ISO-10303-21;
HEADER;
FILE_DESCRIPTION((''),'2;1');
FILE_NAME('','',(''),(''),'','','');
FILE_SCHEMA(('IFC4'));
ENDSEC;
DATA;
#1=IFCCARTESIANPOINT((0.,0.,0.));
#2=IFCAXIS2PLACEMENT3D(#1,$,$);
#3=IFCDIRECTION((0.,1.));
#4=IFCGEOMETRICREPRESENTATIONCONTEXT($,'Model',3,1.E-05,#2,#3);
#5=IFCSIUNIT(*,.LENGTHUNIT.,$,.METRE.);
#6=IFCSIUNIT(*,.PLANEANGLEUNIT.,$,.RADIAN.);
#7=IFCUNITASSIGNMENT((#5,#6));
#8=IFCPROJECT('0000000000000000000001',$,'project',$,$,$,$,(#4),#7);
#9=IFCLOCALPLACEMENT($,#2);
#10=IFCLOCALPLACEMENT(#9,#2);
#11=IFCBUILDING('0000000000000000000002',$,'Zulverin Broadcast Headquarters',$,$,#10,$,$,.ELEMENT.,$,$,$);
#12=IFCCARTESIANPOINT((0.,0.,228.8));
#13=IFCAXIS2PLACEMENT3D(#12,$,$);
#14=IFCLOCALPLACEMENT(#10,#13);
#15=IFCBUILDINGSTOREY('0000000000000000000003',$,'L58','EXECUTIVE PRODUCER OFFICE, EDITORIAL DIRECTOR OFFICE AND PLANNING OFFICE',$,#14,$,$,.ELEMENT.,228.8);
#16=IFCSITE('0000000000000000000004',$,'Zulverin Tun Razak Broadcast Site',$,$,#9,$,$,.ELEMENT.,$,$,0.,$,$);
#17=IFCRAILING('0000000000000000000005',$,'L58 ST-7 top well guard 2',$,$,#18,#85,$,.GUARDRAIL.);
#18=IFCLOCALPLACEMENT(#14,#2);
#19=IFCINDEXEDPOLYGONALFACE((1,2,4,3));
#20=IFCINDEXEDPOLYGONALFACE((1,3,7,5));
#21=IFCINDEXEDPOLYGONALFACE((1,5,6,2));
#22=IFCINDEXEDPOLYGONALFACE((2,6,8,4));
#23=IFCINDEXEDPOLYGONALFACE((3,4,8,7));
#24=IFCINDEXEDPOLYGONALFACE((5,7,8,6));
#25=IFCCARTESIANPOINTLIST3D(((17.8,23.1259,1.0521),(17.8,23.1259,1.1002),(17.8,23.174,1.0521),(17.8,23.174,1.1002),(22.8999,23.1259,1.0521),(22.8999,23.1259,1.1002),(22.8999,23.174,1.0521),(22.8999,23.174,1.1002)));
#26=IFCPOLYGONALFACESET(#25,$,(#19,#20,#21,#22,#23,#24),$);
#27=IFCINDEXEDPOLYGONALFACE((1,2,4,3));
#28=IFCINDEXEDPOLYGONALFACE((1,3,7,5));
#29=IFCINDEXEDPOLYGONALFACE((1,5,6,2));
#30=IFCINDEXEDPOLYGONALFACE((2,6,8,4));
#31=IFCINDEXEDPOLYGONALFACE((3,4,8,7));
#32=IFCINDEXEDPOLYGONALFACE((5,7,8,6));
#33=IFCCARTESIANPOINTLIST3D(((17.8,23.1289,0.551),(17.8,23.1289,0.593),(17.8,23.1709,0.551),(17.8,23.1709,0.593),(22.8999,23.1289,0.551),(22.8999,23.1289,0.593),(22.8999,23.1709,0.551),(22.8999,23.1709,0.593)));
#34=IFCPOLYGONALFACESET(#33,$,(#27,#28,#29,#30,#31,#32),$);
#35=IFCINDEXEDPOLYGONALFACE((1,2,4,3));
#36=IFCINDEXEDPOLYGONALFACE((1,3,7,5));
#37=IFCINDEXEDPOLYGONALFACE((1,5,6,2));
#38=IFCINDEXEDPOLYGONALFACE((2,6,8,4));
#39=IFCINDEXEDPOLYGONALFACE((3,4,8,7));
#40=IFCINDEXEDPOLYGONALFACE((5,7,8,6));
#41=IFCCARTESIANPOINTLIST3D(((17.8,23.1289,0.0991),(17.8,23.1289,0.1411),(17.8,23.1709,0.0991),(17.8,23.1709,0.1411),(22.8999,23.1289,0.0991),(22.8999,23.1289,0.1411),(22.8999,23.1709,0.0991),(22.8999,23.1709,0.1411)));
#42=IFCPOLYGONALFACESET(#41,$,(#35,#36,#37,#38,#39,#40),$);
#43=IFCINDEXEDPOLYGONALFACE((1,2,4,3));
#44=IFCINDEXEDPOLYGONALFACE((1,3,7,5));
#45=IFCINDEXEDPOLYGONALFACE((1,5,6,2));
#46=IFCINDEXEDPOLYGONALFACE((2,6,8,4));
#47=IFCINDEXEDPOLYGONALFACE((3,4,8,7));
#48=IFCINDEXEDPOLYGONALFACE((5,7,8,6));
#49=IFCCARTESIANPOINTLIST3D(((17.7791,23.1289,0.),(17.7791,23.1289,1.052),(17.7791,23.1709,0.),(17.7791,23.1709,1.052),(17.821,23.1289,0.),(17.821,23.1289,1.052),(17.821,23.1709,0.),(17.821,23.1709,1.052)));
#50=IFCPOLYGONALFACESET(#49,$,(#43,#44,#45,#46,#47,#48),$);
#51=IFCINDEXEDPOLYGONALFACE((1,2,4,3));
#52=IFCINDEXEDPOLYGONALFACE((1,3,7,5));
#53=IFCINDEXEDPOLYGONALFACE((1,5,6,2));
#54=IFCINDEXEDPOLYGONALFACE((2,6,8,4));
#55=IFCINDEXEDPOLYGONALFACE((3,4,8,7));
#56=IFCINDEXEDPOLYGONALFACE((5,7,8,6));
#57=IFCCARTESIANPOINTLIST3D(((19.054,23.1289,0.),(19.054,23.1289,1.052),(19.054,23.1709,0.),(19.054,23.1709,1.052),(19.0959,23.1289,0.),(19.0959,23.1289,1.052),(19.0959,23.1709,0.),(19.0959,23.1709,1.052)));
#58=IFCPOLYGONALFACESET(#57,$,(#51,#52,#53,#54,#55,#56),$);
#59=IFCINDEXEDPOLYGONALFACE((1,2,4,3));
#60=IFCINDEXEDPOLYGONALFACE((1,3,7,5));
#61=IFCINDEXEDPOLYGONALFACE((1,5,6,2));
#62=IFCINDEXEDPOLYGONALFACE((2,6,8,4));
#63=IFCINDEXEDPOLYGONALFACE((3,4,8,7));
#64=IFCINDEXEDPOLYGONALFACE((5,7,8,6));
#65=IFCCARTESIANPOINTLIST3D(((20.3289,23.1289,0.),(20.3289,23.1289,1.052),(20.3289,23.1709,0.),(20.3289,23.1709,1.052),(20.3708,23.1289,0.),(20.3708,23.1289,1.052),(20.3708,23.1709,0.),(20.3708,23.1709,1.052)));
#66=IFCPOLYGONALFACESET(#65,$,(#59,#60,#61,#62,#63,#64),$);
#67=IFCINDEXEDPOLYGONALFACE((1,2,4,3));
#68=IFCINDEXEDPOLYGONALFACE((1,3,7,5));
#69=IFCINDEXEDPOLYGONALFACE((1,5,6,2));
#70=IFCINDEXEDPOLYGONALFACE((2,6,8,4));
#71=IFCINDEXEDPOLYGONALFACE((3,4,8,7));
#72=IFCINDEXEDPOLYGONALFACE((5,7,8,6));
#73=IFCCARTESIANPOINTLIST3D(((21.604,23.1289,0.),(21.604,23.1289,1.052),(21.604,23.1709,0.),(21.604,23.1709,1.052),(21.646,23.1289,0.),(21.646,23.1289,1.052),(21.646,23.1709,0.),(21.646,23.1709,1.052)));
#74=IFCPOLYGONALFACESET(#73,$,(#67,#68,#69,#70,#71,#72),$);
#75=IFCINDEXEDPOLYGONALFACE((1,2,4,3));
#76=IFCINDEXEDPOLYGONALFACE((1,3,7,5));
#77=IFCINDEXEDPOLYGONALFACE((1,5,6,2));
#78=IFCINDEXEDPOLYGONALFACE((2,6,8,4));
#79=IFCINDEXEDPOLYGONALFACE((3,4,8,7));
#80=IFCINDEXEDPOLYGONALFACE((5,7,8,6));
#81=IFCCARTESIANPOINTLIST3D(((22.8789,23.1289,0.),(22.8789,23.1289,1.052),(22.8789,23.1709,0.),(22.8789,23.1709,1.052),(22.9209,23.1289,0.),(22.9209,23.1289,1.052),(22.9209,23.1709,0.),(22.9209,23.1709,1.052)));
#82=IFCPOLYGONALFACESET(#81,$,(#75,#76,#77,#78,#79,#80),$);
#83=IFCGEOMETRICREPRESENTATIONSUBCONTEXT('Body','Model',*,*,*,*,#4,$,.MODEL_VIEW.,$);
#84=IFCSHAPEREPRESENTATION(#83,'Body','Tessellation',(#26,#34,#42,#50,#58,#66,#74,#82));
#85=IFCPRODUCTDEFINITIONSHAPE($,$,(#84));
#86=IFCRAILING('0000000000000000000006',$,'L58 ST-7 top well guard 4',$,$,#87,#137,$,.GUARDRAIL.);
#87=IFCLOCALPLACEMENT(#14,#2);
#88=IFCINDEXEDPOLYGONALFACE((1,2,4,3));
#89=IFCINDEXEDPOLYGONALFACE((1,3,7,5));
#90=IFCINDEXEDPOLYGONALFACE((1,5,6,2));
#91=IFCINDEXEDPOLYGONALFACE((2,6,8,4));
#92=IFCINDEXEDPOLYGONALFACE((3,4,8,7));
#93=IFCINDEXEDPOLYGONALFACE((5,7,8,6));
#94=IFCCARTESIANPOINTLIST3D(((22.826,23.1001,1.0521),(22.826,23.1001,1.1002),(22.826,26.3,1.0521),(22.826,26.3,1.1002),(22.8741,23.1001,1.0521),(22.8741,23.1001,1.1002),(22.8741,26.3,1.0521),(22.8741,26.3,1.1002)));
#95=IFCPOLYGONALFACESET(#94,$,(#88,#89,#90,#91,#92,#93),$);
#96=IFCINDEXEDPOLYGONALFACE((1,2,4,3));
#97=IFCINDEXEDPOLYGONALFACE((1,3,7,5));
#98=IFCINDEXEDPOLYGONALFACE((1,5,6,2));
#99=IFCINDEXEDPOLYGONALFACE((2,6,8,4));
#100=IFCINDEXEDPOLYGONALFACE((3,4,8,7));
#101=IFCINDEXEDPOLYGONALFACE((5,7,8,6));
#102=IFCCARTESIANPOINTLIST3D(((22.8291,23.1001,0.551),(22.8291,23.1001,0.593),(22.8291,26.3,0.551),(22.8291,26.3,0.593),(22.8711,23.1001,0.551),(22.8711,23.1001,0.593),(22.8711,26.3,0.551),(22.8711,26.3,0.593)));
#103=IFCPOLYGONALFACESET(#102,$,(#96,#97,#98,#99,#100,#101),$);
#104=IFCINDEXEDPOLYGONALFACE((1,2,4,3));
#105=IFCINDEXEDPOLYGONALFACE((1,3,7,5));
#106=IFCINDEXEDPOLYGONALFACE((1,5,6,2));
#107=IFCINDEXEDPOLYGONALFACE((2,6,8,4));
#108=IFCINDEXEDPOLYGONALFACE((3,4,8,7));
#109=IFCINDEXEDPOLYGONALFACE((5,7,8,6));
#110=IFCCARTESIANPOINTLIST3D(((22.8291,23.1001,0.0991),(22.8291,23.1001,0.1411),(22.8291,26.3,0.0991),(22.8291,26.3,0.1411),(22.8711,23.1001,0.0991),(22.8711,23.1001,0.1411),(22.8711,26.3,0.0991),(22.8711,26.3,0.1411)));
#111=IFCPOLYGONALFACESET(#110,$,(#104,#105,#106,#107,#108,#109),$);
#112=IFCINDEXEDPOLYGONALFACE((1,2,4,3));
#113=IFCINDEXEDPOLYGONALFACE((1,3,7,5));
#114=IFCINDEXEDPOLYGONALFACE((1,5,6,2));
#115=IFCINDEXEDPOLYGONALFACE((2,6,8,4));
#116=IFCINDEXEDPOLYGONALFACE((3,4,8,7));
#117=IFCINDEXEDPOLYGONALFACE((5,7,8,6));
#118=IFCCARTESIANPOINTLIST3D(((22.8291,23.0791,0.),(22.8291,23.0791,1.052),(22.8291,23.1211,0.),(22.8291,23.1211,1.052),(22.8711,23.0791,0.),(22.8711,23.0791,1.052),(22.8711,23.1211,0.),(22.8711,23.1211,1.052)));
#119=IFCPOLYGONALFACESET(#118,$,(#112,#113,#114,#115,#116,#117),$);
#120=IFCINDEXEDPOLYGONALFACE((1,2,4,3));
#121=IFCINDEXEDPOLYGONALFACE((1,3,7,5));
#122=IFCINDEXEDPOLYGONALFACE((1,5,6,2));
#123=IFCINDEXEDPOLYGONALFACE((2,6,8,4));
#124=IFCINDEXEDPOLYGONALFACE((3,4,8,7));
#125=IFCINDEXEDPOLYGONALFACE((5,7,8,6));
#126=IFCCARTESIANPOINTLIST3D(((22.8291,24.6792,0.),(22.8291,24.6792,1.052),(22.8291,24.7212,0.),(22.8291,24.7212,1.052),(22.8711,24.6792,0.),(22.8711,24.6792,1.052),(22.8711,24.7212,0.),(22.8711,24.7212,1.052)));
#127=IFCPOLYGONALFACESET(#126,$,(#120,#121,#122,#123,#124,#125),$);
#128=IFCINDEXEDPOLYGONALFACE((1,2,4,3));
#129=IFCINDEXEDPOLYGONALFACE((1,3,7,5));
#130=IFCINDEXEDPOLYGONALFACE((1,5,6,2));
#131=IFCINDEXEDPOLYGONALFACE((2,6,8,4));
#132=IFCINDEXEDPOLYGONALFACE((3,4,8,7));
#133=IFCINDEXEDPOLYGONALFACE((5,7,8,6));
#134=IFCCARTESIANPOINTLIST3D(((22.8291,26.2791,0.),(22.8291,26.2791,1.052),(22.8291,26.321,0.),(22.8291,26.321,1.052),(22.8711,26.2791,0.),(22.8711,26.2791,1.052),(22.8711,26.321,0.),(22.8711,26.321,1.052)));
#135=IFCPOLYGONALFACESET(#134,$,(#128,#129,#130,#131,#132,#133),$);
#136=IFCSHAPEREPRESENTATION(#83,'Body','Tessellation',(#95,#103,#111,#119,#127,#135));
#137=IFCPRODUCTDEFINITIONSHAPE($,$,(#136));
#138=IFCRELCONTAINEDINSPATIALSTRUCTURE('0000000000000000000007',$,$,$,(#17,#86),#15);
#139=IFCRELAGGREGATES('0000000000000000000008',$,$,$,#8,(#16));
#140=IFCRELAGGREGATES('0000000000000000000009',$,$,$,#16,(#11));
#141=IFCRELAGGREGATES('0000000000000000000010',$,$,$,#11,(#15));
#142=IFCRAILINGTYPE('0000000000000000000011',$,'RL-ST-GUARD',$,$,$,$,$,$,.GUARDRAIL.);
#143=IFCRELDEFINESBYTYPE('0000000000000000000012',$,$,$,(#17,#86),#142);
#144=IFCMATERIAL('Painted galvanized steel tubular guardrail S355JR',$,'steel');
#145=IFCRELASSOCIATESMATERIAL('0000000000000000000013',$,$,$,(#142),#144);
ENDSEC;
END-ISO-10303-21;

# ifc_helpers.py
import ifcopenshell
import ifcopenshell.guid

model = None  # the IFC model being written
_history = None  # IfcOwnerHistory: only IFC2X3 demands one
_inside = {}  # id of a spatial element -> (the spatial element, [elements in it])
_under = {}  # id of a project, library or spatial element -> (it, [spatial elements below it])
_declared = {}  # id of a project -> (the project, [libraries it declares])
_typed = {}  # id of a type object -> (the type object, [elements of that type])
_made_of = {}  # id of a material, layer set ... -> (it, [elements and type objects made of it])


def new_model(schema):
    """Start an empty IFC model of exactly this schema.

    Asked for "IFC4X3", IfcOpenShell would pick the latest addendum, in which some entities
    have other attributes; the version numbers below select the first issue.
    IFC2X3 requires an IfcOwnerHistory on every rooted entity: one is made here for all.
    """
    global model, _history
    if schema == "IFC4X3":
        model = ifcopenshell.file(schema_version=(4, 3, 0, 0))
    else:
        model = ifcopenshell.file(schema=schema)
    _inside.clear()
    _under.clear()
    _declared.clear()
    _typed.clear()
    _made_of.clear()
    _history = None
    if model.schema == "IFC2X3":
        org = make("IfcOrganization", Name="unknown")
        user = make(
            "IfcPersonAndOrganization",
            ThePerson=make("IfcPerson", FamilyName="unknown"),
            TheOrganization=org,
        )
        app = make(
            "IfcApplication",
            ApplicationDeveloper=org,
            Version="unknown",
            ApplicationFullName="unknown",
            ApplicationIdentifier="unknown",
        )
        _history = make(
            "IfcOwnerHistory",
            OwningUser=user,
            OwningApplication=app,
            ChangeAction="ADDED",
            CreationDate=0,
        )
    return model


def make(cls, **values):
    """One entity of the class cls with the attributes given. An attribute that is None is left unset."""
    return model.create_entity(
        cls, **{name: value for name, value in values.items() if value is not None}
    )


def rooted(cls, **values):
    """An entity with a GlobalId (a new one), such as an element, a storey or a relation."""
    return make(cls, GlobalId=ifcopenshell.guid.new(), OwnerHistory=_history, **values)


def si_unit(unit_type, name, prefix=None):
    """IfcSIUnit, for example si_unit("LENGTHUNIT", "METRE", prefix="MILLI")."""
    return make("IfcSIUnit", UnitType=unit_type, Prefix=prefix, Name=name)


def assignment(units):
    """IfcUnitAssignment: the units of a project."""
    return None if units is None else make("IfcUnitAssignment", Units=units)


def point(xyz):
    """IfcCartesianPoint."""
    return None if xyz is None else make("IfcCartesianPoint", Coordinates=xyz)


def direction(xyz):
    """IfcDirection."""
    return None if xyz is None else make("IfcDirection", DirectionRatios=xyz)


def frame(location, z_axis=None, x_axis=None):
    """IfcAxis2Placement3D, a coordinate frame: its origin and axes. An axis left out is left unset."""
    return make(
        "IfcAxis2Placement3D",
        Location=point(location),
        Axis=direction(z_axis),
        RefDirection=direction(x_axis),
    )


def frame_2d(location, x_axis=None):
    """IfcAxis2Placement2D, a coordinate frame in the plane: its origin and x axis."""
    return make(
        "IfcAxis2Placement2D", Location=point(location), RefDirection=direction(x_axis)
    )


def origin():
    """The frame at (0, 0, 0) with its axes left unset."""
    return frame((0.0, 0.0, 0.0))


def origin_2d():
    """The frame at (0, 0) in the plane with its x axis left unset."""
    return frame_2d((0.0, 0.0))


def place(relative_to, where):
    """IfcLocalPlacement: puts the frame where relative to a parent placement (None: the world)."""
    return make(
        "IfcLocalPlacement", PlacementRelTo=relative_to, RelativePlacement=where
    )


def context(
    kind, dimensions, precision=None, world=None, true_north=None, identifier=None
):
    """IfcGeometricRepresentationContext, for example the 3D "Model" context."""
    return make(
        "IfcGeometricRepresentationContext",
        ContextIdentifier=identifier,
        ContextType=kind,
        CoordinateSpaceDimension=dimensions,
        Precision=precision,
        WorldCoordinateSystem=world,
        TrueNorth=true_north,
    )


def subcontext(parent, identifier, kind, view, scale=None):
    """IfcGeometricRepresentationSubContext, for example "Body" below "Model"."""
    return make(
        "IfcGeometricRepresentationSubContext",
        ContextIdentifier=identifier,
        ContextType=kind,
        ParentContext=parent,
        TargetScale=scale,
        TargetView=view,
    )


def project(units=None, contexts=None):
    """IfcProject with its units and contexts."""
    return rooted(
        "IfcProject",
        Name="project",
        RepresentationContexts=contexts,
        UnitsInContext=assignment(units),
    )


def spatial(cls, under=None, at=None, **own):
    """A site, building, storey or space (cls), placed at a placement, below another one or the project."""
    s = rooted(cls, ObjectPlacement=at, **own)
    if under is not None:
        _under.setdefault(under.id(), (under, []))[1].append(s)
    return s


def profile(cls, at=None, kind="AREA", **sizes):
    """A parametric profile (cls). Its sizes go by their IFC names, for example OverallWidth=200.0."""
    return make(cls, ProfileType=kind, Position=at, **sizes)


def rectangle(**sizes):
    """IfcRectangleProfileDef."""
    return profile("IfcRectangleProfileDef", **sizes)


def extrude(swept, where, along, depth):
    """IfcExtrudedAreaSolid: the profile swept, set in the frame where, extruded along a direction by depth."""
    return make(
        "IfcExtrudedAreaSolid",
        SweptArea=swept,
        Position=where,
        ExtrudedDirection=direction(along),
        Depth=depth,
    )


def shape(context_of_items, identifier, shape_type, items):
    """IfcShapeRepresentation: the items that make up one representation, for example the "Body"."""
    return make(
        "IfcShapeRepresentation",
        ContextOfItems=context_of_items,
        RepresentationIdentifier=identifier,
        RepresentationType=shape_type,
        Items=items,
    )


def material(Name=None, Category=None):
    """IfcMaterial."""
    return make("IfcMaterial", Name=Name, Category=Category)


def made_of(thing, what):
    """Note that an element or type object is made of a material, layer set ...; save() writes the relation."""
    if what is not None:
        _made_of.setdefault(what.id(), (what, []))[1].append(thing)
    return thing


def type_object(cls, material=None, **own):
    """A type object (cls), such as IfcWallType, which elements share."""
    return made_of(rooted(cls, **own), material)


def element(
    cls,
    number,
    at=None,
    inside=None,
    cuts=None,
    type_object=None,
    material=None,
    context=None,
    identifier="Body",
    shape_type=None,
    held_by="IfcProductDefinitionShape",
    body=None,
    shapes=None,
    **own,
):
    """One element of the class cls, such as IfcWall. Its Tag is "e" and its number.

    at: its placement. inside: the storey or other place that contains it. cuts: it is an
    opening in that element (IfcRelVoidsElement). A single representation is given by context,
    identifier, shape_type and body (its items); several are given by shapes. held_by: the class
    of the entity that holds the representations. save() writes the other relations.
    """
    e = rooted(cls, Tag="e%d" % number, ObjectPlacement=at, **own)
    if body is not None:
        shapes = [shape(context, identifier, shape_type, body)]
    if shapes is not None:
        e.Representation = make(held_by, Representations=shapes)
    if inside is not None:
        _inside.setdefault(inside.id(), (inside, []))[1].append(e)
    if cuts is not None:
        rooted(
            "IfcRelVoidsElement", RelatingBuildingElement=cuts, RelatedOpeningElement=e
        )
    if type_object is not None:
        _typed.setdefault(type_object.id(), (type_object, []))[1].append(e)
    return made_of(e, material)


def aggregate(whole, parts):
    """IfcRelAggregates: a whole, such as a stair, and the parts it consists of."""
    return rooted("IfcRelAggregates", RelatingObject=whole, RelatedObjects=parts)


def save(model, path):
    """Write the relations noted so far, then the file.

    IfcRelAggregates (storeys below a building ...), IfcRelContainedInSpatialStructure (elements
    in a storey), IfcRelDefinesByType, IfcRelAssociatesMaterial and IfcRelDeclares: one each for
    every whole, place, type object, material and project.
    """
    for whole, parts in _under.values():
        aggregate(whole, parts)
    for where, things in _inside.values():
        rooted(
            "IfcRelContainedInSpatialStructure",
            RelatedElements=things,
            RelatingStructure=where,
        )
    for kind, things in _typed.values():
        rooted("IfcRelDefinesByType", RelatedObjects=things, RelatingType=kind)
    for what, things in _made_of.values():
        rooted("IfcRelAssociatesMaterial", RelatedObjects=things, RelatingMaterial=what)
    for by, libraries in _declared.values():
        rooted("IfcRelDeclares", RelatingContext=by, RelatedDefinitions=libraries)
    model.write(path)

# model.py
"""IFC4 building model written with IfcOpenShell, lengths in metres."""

from ifc_helpers import new_model, si_unit, direction, frame, origin, origin_2d, place, context, subcontext, project, spatial, rectangle, extrude, material, type_object, element, save


model = new_model("IFC4")

# Units and contexts
model_context = context("Model", 3, precision=1e-05, world=origin(), true_north=direction((0.0, 1.0)))
body_context = subcontext(model_context, "Body", "Model", "MODEL_VIEW")
ifc_project = project(units=[si_unit("LENGTHUNIT", "METRE"), si_unit("PLANEANGLEUNIT", "RADIAN")], contexts=[model_context])

# Site, building, storey
site_placement = place(None, origin())
site = spatial("IfcSite", under=ifc_project, at=site_placement, Name="Zulverin Tun Razak Broadcast Site", CompositionType="ELEMENT", RefElevation=0.0)
building_placement = place(site_placement, origin())
building = spatial("IfcBuilding", under=site, at=building_placement, Name="Zulverin Broadcast Headquarters", CompositionType="ELEMENT")
storey_placement = place(building_placement, frame((0.0, 0.0, 228.8)))
storey = spatial("IfcBuildingStorey", under=building, at=storey_placement, Name="L58", Description="EXECUTIVE PRODUCER OFFICE, EDITORIAL DIRECTOR OFFICE AND PLANNING OFFICE", CompositionType="ELEMENT", Elevation=228.8)

# Railings
ifc_material_1 = material(Name="Painted galvanized steel tubular guardrail S355JR", Category="steel")
railing_type = type_object("IfcRailingType", Name="RL-ST-GUARD", PredefinedType="GUARDRAIL", material=ifc_material_1)
railing_1_placement = place(storey_placement, frame((17.8, 23.1499, 0.0)))
element("IfcRailing", 1, at=railing_1_placement, inside=storey, type_object=railing_type, Name="L58 ST-7 top well guard 2", PredefinedType="GUARDRAIL", context=body_context, shape_type="SweptSolid", body=[
    extrude(rectangle(XDim=0.0481, YDim=0.0481, at=origin_2d()), frame((0.0, 0.0, 1.0762), z_axis=(1.0, 0.0, 0.0), x_axis=(0.0, 1.0, 0.0)), (0.0, 0.0, 1.0), 5.0999),
    extrude(rectangle(XDim=0.042, YDim=0.042, at=origin_2d()), frame((0.0, 0.0, 0.572), z_axis=(1.0, 0.0, 0.0), x_axis=(0.0, 1.0, 0.0)), (0.0, 0.0, 1.0), 5.0999),
    extrude(rectangle(XDim=0.042, YDim=0.042, at=origin_2d()), frame((0.0, 0.0, 0.1201), z_axis=(1.0, 0.0, 0.0), x_axis=(0.0, 1.0, 0.0)), (0.0, 0.0, 1.0), 5.0999),
    extrude(rectangle(XDim=0.042, YDim=0.042, at=origin_2d()), origin(), (0.0, 0.0, 1.0), 1.052),
    extrude(rectangle(XDim=0.042, YDim=0.042, at=origin_2d()), frame((1.2749, 0.0, 0.0)), (0.0, 0.0, 1.0), 1.052),
    extrude(rectangle(XDim=0.042, YDim=0.042, at=origin_2d()), frame((2.5498, 0.0, 0.0)), (0.0, 0.0, 1.0), 1.052),
    extrude(rectangle(XDim=0.042, YDim=0.042, at=origin_2d()), frame((3.825, 0.0, 0.0)), (0.0, 0.0, 1.0), 1.052),
    extrude(rectangle(XDim=0.042, YDim=0.042, at=origin_2d()), frame((5.0999, 0.0, 0.0)), (0.0, 0.0, 1.0), 1.052),
])
railing_2_placement = place(storey_placement, frame((22.8501, 23.1001, 0.0)))
element("IfcRailing", 2, at=railing_2_placement, inside=storey, type_object=railing_type, Name="L58 ST-7 top well guard 4", PredefinedType="GUARDRAIL", context=body_context, shape_type="SweptSolid", body=[
    extrude(rectangle(XDim=0.0481, YDim=0.0481, at=origin_2d()), frame((0.0, 0.0, 1.0762), z_axis=(0.0, 1.0, 0.0), x_axis=(-1.0, 0.0, 0.0)), (0.0, 0.0, 1.0), 3.2),
    extrude(rectangle(XDim=0.042, YDim=0.042, at=origin_2d()), frame((0.0, 0.0, 0.572), z_axis=(0.0, 1.0, 0.0), x_axis=(-1.0, 0.0, 0.0)), (0.0, 0.0, 1.0), 3.2),
    extrude(rectangle(XDim=0.042, YDim=0.042, at=origin_2d()), frame((0.0, 0.0, 0.1201), z_axis=(0.0, 1.0, 0.0), x_axis=(-1.0, 0.0, 0.0)), (0.0, 0.0, 1.0), 3.2),
    extrude(rectangle(XDim=0.042, YDim=0.042, at=origin_2d()), origin(), (0.0, 0.0, 1.0), 1.052),
    extrude(rectangle(XDim=0.042, YDim=0.042, at=origin_2d()), frame((0.0, 1.6001, 0.0)), (0.0, 0.0, 1.0), 1.052),
    extrude(rectangle(XDim=0.042, YDim=0.042, at=origin_2d()), frame((0.0, 3.2, 0.0)), (0.0, 0.0, 1.0), 1.052),
])

save(model, "model.ifc")
